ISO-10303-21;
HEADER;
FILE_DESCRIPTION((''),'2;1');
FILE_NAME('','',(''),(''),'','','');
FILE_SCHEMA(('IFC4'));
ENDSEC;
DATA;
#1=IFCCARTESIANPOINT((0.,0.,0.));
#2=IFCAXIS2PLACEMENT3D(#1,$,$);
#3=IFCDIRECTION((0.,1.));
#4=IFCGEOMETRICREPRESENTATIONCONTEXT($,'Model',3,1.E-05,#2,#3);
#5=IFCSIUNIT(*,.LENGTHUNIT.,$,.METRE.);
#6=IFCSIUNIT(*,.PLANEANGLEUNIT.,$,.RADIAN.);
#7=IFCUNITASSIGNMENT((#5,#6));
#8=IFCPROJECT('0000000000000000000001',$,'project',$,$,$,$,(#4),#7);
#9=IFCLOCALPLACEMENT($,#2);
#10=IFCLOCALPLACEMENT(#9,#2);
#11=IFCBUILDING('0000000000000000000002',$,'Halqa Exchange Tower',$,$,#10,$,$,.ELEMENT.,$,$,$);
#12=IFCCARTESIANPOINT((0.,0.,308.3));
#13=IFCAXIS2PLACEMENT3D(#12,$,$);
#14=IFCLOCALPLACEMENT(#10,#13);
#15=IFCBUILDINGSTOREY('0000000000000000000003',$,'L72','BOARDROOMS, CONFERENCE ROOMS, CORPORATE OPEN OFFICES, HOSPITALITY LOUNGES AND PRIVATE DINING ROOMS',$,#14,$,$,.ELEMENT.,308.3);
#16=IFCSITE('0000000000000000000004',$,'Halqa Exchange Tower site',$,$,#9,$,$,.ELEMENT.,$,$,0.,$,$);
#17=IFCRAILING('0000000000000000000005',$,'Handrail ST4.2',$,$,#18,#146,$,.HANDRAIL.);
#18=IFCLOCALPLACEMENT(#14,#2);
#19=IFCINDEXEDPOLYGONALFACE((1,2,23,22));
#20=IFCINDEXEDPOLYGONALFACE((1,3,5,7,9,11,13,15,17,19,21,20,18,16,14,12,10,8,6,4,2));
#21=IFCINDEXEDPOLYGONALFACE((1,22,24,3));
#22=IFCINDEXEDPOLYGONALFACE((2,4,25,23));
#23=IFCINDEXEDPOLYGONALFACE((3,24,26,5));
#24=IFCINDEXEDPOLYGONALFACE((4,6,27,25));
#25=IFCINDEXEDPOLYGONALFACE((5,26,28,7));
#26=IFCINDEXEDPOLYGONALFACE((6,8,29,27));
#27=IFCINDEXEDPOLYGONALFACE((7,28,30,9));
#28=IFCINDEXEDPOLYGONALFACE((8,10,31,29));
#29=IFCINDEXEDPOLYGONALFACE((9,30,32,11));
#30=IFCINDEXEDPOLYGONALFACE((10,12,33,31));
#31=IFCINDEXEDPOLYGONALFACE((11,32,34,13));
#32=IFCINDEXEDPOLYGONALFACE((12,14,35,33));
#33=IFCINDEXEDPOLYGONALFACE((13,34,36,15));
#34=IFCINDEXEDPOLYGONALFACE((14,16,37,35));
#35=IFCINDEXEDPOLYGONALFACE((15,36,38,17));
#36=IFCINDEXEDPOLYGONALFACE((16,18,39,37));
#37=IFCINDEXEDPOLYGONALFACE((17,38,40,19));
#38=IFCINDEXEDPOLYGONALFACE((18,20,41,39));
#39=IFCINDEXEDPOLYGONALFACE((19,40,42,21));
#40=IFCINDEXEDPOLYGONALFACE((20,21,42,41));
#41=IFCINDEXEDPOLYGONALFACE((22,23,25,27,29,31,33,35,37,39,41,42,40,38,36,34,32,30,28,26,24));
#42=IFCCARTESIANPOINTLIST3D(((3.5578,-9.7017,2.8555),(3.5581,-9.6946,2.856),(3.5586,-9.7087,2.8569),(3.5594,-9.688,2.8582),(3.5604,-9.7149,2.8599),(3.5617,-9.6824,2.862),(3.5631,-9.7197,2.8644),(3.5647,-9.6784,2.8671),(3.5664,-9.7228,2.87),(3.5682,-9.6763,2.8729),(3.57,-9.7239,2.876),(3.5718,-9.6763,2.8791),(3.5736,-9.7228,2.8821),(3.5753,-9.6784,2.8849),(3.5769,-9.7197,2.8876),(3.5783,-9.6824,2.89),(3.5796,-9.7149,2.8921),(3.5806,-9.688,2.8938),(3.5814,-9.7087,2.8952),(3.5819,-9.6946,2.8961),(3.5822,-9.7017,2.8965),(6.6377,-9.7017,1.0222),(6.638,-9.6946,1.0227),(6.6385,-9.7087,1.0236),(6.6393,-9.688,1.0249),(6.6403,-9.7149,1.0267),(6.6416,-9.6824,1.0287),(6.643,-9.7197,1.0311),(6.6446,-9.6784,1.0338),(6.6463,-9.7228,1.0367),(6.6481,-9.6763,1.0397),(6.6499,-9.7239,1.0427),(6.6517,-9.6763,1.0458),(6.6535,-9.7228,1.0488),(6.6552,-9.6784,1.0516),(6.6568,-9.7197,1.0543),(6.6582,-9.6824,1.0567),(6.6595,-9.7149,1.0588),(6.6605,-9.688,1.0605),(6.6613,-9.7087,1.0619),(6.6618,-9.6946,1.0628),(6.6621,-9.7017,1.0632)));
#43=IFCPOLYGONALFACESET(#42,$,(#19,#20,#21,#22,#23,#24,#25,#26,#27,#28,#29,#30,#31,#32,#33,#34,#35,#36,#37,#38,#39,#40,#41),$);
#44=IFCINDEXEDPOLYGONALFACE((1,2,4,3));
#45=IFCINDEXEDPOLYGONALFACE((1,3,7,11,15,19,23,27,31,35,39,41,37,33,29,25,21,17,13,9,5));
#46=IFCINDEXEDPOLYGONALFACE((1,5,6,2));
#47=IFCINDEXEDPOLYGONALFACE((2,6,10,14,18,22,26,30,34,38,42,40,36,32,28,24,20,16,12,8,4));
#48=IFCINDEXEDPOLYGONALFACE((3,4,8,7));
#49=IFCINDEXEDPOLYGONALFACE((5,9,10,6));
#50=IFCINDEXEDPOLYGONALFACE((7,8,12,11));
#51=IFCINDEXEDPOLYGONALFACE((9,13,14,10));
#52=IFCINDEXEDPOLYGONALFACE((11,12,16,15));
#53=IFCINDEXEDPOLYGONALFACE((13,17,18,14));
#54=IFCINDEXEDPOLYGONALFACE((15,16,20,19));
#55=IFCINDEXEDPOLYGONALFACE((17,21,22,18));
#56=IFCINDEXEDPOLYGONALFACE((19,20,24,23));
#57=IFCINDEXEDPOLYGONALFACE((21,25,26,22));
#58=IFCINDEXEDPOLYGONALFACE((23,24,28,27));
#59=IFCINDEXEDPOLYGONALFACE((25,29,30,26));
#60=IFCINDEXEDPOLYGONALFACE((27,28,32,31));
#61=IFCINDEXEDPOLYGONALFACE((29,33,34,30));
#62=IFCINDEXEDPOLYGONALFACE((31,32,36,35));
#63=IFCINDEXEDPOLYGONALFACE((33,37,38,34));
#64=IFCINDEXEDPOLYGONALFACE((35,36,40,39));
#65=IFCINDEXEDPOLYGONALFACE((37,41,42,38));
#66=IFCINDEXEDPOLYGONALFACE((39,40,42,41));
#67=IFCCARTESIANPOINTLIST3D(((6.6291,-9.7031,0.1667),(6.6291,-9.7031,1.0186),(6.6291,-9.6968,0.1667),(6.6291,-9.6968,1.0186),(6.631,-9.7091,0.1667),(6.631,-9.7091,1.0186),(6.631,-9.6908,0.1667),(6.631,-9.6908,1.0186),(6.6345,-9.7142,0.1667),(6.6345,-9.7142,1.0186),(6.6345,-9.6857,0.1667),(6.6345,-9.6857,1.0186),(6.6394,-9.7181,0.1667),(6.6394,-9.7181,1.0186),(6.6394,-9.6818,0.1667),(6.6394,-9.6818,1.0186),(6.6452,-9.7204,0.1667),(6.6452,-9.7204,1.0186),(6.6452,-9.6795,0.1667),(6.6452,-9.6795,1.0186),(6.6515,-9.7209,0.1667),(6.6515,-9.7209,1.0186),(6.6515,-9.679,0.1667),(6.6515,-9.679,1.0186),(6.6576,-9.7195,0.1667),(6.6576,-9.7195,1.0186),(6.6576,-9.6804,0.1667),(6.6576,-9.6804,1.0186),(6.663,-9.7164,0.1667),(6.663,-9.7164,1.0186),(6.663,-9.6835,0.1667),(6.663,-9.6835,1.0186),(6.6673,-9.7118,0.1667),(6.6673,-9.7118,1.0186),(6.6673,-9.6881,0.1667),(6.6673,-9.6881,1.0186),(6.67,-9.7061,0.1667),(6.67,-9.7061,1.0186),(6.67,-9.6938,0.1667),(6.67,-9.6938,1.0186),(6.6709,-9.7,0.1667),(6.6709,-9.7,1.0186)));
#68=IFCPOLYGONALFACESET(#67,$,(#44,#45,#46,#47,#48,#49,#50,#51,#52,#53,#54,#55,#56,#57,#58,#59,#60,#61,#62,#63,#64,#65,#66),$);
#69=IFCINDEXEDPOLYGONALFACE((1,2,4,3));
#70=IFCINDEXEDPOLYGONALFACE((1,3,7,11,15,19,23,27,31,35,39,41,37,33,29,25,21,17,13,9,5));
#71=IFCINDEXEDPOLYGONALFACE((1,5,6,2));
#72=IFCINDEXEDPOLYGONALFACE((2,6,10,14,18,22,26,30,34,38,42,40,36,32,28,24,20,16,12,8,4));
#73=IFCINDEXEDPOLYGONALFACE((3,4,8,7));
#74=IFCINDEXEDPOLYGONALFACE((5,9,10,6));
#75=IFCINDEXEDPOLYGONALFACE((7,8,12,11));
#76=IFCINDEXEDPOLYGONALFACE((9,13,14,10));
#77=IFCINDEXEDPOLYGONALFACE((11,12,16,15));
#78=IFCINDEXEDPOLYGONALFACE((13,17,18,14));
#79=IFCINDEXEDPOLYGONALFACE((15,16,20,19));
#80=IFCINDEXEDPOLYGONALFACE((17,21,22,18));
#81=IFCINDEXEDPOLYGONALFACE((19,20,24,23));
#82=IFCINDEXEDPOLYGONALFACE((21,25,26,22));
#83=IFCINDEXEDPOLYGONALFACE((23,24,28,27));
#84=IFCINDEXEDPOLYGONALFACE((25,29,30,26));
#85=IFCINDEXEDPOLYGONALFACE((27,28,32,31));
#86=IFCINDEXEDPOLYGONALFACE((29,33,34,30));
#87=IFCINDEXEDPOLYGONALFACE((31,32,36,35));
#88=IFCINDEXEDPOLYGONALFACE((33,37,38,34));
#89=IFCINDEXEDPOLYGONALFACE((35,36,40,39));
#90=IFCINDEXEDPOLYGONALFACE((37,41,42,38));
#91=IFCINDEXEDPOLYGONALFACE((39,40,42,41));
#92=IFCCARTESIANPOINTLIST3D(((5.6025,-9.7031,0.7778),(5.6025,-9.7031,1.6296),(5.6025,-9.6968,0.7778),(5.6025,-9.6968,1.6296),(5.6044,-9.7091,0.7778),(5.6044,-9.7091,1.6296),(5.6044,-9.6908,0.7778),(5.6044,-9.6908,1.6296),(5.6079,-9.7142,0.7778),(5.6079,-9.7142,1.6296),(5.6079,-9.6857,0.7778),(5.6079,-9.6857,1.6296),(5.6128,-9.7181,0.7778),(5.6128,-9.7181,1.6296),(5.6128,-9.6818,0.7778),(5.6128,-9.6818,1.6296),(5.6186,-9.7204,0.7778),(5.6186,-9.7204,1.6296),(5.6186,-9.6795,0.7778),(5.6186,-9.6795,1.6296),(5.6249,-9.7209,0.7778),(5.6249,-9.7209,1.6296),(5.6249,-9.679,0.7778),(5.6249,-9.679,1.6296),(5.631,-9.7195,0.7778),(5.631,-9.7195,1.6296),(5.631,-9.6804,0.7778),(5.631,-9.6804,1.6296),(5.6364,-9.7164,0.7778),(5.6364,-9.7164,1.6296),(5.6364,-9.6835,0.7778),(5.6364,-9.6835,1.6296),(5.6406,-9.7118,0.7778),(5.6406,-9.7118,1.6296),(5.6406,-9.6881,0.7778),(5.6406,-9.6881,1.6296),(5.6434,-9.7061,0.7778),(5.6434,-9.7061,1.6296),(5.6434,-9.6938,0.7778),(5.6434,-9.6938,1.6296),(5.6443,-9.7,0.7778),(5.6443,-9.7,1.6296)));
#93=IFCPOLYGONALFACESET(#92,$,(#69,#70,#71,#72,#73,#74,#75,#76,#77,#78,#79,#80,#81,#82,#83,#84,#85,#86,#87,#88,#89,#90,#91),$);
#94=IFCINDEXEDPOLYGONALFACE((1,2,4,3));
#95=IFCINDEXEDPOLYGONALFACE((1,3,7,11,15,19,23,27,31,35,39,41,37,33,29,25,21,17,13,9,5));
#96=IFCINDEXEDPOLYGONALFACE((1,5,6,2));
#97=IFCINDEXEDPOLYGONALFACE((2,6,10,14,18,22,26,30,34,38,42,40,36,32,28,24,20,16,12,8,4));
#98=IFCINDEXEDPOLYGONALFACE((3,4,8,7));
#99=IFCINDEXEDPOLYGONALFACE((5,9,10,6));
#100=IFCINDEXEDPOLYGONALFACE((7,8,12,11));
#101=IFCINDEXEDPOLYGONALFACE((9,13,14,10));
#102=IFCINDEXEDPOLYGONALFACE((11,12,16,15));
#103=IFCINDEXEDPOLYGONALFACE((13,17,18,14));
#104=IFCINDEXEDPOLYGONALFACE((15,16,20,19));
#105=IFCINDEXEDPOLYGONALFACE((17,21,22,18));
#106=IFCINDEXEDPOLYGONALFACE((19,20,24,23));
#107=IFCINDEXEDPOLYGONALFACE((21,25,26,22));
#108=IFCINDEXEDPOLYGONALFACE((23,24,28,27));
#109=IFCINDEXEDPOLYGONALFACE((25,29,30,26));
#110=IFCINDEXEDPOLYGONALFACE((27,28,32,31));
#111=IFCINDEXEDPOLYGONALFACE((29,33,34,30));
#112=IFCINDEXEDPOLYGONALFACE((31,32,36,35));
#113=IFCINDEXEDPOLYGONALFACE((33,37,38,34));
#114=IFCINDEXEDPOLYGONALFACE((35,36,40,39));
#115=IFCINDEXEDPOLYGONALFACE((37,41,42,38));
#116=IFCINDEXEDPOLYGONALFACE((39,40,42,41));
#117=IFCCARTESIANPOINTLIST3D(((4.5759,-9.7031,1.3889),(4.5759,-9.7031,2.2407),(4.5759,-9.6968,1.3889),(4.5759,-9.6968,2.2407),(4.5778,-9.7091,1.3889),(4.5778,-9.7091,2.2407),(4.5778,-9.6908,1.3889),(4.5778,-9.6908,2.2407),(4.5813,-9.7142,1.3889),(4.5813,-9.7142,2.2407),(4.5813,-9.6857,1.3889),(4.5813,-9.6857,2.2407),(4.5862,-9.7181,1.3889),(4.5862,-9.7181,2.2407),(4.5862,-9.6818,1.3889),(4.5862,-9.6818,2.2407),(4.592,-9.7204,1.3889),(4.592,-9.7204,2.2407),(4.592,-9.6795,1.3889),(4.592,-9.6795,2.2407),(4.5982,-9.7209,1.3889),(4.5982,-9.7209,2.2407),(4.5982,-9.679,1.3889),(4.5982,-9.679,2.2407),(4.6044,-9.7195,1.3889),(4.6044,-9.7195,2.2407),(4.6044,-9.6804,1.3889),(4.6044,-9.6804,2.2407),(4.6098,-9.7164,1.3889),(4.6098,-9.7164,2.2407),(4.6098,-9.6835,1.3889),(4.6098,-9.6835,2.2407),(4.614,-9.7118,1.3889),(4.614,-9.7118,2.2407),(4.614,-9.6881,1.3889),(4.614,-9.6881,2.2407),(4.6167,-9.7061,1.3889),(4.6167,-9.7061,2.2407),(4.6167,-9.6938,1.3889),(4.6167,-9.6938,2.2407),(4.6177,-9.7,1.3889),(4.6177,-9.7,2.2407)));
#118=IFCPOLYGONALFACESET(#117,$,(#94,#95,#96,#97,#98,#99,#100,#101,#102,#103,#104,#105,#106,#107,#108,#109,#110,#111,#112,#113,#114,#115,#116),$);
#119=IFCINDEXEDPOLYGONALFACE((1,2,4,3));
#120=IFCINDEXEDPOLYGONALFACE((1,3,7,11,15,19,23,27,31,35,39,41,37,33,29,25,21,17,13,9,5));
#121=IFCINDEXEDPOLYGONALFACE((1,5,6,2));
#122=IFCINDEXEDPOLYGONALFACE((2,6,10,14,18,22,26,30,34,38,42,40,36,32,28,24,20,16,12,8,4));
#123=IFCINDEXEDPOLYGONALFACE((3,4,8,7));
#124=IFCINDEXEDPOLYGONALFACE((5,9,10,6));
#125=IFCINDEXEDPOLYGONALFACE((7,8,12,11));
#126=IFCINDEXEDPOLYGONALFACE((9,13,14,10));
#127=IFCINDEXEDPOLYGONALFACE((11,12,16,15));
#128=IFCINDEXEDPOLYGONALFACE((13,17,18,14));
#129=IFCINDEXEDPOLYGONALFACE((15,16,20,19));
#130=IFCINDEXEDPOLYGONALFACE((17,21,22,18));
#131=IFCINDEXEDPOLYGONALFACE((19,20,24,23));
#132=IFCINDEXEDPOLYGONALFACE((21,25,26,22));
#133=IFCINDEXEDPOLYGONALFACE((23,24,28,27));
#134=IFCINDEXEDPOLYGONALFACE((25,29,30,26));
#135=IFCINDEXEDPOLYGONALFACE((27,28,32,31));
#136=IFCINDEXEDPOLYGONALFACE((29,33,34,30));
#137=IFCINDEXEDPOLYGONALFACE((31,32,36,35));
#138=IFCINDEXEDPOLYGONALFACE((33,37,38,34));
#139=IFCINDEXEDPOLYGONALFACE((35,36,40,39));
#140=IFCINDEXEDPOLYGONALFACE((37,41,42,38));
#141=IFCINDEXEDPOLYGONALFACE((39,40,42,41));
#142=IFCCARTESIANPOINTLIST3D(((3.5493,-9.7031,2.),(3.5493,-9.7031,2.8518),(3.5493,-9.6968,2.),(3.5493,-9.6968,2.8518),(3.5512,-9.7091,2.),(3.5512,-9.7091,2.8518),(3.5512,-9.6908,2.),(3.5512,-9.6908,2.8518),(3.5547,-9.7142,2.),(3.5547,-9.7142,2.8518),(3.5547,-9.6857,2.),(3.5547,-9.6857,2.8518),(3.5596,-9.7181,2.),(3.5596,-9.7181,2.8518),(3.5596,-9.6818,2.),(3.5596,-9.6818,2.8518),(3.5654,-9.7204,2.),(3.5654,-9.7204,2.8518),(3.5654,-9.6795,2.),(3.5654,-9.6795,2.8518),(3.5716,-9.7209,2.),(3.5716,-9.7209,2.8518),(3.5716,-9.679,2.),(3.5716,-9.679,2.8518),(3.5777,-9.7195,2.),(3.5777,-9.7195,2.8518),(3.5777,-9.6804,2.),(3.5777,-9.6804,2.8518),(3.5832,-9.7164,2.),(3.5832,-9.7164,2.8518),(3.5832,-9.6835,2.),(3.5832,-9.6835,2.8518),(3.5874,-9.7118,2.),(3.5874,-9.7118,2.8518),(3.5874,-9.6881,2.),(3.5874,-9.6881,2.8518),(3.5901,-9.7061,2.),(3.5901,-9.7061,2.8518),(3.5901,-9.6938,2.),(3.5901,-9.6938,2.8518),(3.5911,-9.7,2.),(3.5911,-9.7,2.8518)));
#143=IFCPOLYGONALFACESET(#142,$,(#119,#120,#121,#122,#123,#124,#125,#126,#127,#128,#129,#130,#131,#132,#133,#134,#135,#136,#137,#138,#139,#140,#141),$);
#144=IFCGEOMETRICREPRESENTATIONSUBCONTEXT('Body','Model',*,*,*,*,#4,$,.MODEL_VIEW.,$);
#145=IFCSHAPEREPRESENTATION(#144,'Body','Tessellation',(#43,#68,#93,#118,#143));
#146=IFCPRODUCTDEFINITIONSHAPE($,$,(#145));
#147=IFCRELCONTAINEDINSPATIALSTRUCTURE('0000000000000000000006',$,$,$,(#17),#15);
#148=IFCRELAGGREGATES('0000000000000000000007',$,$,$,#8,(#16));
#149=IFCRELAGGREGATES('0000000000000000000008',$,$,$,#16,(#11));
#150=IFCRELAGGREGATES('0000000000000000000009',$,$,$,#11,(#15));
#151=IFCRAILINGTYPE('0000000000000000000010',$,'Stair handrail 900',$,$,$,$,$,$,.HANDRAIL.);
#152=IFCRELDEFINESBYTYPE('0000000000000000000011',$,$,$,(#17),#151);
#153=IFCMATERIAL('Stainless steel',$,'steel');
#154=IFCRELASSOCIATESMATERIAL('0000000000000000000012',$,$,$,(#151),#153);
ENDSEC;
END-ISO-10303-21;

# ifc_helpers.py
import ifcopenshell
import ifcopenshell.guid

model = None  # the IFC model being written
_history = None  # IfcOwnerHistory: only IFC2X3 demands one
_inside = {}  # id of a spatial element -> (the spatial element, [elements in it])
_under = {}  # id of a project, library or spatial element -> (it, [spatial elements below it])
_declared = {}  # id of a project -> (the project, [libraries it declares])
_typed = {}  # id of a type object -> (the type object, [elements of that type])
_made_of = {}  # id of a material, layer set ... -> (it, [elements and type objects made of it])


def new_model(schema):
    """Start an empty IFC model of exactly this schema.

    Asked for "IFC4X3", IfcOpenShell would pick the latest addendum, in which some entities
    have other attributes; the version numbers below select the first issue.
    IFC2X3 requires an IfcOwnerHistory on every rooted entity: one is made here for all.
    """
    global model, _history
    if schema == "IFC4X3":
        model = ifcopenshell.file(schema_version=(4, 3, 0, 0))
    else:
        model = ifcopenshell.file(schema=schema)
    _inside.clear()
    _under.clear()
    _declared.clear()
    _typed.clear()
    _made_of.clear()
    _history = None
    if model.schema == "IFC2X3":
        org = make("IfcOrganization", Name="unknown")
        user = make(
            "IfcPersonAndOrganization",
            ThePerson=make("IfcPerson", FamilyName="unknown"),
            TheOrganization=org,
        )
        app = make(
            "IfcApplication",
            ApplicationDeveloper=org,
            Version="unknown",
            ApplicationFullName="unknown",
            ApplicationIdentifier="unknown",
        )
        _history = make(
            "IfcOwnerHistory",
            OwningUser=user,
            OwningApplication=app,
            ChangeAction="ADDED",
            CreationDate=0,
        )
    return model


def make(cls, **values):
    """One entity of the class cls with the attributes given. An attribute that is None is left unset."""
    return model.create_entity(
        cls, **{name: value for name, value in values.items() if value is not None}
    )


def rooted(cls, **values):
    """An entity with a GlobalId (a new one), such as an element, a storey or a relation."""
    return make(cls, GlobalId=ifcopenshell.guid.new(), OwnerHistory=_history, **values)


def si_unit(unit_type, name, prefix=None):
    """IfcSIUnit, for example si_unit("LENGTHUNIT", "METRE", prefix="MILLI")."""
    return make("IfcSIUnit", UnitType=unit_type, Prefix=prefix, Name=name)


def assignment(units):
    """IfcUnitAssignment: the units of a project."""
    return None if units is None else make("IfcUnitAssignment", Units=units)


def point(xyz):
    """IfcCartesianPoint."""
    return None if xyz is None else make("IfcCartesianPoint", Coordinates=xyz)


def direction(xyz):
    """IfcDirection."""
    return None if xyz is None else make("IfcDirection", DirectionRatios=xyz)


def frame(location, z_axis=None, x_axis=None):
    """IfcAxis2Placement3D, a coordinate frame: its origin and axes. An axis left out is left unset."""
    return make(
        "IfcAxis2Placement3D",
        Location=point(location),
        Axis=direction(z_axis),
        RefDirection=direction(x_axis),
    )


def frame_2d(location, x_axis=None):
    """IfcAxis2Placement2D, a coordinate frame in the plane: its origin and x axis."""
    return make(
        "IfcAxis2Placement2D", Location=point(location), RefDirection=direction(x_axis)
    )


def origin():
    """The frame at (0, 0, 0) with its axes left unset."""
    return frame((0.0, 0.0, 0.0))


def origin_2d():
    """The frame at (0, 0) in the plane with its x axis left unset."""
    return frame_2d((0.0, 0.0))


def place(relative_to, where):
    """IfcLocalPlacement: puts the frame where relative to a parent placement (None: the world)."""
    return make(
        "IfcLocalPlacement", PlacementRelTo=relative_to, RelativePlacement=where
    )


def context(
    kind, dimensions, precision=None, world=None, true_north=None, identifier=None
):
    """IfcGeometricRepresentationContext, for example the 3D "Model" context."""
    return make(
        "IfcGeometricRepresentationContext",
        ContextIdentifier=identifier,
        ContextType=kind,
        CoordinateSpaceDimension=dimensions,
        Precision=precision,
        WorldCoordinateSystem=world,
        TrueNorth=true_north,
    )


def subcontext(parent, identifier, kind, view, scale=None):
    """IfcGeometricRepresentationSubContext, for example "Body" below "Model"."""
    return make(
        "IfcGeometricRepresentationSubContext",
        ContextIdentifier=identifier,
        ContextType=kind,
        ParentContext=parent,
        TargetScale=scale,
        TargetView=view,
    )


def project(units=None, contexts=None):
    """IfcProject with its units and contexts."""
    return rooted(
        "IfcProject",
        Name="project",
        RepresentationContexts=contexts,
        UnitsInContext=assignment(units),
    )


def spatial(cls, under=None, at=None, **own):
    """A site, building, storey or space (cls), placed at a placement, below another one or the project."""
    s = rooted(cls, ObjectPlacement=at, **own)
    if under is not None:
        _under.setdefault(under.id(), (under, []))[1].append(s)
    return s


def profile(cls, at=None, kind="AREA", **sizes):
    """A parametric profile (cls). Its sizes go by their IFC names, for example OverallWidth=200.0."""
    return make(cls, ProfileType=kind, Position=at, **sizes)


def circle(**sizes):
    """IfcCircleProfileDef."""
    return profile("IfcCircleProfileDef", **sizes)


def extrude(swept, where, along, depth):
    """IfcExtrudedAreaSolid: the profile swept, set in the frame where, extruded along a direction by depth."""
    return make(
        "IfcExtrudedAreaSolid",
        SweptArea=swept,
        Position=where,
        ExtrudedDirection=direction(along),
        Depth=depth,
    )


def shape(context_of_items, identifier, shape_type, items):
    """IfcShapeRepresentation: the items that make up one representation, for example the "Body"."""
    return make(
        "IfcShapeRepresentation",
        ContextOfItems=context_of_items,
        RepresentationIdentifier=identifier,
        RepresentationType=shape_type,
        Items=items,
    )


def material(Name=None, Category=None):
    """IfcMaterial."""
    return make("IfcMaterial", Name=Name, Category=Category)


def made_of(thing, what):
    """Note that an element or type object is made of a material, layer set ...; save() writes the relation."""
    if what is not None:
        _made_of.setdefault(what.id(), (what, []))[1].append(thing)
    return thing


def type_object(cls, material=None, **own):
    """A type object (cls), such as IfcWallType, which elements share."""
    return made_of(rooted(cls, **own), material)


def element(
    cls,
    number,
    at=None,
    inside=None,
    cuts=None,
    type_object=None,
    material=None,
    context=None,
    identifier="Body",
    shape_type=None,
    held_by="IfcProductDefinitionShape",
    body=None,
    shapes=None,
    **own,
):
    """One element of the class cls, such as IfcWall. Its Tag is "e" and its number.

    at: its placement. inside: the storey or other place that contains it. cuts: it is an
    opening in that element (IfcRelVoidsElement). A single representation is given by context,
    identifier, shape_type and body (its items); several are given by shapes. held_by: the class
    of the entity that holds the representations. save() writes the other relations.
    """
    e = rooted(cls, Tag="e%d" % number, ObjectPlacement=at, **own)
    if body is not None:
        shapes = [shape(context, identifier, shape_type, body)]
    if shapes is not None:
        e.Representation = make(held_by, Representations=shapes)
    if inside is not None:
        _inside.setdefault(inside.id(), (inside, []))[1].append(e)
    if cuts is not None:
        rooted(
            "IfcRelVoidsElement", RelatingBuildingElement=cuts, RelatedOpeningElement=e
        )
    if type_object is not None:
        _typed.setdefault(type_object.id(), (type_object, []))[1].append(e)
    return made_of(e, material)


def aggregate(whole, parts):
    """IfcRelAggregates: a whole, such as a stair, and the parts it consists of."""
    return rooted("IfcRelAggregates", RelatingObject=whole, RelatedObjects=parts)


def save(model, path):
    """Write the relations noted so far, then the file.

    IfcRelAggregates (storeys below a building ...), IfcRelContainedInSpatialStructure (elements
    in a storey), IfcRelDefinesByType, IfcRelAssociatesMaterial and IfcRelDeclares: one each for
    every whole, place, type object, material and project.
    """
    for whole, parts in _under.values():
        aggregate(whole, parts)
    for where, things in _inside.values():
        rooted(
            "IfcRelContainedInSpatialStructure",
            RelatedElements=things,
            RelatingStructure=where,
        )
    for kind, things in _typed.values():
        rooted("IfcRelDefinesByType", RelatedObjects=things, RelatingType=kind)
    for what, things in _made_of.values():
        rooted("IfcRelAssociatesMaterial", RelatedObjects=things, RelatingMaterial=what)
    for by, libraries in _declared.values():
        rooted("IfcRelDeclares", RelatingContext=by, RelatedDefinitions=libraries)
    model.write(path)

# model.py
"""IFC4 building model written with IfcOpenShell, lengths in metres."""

from ifc_helpers import new_model, si_unit, direction, frame, origin, origin_2d, place, context, subcontext, project, spatial, circle, extrude, material, type_object, element, save


model = new_model("IFC4")

# Units and contexts
model_context = context("Model", 3, precision=1e-05, world=origin(), true_north=direction((0.0, 1.0)))
body_context = subcontext(model_context, "Body", "Model", "MODEL_VIEW")
ifc_project = project(units=[si_unit("LENGTHUNIT", "METRE"), si_unit("PLANEANGLEUNIT", "RADIAN")], contexts=[model_context])

# Site, building, storey
site_placement = place(None, origin())
site = spatial("IfcSite", under=ifc_project, at=site_placement, Name="Halqa Exchange Tower site", CompositionType="ELEMENT", RefElevation=0.0)
building_placement = place(site_placement, origin())
building = spatial("IfcBuilding", under=site, at=building_placement, Name="Halqa Exchange Tower", CompositionType="ELEMENT")
storey_placement = place(building_placement, frame((0.0, 0.0, 308.3)))
storey = spatial("IfcBuildingStorey", under=building, at=storey_placement, Name="L72", Description="BOARDROOMS, CONFERENCE ROOMS, CORPORATE OPEN OFFICES, HOSPITALITY LOUNGES AND PRIVATE DINING ROOMS", CompositionType="ELEMENT", Elevation=308.3)

# Railing
ifc_material_1 = material(Name="Stainless steel", Category="steel")
railing_type_1 = type_object("IfcRailingType", Name="Stair handrail 900", PredefinedType="HANDRAIL", material=ifc_material_1)
railing_1_placement = place(storey_placement, frame((6.6499, -9.7, 0.1667)))
element("IfcRailing", 1, at=railing_1_placement, inside=storey, type_object=railing_type_1, Name="Handrail ST4.2", PredefinedType="HANDRAIL", context=body_context, shape_type="SweptSolid", body=[
    extrude(circle(Radius=0.0239, at=origin_2d()), frame((0.0, 0.0, 0.876), z_axis=(-0.859291, 0.0, 0.511487), x_axis=(0.0, -1.0, 0.0)), (0.0, 0.0, 1.0), 3.5842),
    extrude(circle(Radius=0.021, at=origin_2d()), origin(), (0.0, 0.0, 1.0), 0.8518),
    extrude(circle(Radius=0.021, at=origin_2d()), frame((-1.0266, 0.0, 0.6111)), (0.0, 0.0, 1.0), 0.8518),
    extrude(circle(Radius=0.021, at=origin_2d()), frame((-2.0532, 0.0, 1.2222)), (0.0, 0.0, 1.0), 0.8518),
    extrude(circle(Radius=0.021, at=origin_2d()), frame((-3.0798, 0.0, 1.8333)), (0.0, 0.0, 1.0), 0.8518),
])

save(model, "model.ifc")
